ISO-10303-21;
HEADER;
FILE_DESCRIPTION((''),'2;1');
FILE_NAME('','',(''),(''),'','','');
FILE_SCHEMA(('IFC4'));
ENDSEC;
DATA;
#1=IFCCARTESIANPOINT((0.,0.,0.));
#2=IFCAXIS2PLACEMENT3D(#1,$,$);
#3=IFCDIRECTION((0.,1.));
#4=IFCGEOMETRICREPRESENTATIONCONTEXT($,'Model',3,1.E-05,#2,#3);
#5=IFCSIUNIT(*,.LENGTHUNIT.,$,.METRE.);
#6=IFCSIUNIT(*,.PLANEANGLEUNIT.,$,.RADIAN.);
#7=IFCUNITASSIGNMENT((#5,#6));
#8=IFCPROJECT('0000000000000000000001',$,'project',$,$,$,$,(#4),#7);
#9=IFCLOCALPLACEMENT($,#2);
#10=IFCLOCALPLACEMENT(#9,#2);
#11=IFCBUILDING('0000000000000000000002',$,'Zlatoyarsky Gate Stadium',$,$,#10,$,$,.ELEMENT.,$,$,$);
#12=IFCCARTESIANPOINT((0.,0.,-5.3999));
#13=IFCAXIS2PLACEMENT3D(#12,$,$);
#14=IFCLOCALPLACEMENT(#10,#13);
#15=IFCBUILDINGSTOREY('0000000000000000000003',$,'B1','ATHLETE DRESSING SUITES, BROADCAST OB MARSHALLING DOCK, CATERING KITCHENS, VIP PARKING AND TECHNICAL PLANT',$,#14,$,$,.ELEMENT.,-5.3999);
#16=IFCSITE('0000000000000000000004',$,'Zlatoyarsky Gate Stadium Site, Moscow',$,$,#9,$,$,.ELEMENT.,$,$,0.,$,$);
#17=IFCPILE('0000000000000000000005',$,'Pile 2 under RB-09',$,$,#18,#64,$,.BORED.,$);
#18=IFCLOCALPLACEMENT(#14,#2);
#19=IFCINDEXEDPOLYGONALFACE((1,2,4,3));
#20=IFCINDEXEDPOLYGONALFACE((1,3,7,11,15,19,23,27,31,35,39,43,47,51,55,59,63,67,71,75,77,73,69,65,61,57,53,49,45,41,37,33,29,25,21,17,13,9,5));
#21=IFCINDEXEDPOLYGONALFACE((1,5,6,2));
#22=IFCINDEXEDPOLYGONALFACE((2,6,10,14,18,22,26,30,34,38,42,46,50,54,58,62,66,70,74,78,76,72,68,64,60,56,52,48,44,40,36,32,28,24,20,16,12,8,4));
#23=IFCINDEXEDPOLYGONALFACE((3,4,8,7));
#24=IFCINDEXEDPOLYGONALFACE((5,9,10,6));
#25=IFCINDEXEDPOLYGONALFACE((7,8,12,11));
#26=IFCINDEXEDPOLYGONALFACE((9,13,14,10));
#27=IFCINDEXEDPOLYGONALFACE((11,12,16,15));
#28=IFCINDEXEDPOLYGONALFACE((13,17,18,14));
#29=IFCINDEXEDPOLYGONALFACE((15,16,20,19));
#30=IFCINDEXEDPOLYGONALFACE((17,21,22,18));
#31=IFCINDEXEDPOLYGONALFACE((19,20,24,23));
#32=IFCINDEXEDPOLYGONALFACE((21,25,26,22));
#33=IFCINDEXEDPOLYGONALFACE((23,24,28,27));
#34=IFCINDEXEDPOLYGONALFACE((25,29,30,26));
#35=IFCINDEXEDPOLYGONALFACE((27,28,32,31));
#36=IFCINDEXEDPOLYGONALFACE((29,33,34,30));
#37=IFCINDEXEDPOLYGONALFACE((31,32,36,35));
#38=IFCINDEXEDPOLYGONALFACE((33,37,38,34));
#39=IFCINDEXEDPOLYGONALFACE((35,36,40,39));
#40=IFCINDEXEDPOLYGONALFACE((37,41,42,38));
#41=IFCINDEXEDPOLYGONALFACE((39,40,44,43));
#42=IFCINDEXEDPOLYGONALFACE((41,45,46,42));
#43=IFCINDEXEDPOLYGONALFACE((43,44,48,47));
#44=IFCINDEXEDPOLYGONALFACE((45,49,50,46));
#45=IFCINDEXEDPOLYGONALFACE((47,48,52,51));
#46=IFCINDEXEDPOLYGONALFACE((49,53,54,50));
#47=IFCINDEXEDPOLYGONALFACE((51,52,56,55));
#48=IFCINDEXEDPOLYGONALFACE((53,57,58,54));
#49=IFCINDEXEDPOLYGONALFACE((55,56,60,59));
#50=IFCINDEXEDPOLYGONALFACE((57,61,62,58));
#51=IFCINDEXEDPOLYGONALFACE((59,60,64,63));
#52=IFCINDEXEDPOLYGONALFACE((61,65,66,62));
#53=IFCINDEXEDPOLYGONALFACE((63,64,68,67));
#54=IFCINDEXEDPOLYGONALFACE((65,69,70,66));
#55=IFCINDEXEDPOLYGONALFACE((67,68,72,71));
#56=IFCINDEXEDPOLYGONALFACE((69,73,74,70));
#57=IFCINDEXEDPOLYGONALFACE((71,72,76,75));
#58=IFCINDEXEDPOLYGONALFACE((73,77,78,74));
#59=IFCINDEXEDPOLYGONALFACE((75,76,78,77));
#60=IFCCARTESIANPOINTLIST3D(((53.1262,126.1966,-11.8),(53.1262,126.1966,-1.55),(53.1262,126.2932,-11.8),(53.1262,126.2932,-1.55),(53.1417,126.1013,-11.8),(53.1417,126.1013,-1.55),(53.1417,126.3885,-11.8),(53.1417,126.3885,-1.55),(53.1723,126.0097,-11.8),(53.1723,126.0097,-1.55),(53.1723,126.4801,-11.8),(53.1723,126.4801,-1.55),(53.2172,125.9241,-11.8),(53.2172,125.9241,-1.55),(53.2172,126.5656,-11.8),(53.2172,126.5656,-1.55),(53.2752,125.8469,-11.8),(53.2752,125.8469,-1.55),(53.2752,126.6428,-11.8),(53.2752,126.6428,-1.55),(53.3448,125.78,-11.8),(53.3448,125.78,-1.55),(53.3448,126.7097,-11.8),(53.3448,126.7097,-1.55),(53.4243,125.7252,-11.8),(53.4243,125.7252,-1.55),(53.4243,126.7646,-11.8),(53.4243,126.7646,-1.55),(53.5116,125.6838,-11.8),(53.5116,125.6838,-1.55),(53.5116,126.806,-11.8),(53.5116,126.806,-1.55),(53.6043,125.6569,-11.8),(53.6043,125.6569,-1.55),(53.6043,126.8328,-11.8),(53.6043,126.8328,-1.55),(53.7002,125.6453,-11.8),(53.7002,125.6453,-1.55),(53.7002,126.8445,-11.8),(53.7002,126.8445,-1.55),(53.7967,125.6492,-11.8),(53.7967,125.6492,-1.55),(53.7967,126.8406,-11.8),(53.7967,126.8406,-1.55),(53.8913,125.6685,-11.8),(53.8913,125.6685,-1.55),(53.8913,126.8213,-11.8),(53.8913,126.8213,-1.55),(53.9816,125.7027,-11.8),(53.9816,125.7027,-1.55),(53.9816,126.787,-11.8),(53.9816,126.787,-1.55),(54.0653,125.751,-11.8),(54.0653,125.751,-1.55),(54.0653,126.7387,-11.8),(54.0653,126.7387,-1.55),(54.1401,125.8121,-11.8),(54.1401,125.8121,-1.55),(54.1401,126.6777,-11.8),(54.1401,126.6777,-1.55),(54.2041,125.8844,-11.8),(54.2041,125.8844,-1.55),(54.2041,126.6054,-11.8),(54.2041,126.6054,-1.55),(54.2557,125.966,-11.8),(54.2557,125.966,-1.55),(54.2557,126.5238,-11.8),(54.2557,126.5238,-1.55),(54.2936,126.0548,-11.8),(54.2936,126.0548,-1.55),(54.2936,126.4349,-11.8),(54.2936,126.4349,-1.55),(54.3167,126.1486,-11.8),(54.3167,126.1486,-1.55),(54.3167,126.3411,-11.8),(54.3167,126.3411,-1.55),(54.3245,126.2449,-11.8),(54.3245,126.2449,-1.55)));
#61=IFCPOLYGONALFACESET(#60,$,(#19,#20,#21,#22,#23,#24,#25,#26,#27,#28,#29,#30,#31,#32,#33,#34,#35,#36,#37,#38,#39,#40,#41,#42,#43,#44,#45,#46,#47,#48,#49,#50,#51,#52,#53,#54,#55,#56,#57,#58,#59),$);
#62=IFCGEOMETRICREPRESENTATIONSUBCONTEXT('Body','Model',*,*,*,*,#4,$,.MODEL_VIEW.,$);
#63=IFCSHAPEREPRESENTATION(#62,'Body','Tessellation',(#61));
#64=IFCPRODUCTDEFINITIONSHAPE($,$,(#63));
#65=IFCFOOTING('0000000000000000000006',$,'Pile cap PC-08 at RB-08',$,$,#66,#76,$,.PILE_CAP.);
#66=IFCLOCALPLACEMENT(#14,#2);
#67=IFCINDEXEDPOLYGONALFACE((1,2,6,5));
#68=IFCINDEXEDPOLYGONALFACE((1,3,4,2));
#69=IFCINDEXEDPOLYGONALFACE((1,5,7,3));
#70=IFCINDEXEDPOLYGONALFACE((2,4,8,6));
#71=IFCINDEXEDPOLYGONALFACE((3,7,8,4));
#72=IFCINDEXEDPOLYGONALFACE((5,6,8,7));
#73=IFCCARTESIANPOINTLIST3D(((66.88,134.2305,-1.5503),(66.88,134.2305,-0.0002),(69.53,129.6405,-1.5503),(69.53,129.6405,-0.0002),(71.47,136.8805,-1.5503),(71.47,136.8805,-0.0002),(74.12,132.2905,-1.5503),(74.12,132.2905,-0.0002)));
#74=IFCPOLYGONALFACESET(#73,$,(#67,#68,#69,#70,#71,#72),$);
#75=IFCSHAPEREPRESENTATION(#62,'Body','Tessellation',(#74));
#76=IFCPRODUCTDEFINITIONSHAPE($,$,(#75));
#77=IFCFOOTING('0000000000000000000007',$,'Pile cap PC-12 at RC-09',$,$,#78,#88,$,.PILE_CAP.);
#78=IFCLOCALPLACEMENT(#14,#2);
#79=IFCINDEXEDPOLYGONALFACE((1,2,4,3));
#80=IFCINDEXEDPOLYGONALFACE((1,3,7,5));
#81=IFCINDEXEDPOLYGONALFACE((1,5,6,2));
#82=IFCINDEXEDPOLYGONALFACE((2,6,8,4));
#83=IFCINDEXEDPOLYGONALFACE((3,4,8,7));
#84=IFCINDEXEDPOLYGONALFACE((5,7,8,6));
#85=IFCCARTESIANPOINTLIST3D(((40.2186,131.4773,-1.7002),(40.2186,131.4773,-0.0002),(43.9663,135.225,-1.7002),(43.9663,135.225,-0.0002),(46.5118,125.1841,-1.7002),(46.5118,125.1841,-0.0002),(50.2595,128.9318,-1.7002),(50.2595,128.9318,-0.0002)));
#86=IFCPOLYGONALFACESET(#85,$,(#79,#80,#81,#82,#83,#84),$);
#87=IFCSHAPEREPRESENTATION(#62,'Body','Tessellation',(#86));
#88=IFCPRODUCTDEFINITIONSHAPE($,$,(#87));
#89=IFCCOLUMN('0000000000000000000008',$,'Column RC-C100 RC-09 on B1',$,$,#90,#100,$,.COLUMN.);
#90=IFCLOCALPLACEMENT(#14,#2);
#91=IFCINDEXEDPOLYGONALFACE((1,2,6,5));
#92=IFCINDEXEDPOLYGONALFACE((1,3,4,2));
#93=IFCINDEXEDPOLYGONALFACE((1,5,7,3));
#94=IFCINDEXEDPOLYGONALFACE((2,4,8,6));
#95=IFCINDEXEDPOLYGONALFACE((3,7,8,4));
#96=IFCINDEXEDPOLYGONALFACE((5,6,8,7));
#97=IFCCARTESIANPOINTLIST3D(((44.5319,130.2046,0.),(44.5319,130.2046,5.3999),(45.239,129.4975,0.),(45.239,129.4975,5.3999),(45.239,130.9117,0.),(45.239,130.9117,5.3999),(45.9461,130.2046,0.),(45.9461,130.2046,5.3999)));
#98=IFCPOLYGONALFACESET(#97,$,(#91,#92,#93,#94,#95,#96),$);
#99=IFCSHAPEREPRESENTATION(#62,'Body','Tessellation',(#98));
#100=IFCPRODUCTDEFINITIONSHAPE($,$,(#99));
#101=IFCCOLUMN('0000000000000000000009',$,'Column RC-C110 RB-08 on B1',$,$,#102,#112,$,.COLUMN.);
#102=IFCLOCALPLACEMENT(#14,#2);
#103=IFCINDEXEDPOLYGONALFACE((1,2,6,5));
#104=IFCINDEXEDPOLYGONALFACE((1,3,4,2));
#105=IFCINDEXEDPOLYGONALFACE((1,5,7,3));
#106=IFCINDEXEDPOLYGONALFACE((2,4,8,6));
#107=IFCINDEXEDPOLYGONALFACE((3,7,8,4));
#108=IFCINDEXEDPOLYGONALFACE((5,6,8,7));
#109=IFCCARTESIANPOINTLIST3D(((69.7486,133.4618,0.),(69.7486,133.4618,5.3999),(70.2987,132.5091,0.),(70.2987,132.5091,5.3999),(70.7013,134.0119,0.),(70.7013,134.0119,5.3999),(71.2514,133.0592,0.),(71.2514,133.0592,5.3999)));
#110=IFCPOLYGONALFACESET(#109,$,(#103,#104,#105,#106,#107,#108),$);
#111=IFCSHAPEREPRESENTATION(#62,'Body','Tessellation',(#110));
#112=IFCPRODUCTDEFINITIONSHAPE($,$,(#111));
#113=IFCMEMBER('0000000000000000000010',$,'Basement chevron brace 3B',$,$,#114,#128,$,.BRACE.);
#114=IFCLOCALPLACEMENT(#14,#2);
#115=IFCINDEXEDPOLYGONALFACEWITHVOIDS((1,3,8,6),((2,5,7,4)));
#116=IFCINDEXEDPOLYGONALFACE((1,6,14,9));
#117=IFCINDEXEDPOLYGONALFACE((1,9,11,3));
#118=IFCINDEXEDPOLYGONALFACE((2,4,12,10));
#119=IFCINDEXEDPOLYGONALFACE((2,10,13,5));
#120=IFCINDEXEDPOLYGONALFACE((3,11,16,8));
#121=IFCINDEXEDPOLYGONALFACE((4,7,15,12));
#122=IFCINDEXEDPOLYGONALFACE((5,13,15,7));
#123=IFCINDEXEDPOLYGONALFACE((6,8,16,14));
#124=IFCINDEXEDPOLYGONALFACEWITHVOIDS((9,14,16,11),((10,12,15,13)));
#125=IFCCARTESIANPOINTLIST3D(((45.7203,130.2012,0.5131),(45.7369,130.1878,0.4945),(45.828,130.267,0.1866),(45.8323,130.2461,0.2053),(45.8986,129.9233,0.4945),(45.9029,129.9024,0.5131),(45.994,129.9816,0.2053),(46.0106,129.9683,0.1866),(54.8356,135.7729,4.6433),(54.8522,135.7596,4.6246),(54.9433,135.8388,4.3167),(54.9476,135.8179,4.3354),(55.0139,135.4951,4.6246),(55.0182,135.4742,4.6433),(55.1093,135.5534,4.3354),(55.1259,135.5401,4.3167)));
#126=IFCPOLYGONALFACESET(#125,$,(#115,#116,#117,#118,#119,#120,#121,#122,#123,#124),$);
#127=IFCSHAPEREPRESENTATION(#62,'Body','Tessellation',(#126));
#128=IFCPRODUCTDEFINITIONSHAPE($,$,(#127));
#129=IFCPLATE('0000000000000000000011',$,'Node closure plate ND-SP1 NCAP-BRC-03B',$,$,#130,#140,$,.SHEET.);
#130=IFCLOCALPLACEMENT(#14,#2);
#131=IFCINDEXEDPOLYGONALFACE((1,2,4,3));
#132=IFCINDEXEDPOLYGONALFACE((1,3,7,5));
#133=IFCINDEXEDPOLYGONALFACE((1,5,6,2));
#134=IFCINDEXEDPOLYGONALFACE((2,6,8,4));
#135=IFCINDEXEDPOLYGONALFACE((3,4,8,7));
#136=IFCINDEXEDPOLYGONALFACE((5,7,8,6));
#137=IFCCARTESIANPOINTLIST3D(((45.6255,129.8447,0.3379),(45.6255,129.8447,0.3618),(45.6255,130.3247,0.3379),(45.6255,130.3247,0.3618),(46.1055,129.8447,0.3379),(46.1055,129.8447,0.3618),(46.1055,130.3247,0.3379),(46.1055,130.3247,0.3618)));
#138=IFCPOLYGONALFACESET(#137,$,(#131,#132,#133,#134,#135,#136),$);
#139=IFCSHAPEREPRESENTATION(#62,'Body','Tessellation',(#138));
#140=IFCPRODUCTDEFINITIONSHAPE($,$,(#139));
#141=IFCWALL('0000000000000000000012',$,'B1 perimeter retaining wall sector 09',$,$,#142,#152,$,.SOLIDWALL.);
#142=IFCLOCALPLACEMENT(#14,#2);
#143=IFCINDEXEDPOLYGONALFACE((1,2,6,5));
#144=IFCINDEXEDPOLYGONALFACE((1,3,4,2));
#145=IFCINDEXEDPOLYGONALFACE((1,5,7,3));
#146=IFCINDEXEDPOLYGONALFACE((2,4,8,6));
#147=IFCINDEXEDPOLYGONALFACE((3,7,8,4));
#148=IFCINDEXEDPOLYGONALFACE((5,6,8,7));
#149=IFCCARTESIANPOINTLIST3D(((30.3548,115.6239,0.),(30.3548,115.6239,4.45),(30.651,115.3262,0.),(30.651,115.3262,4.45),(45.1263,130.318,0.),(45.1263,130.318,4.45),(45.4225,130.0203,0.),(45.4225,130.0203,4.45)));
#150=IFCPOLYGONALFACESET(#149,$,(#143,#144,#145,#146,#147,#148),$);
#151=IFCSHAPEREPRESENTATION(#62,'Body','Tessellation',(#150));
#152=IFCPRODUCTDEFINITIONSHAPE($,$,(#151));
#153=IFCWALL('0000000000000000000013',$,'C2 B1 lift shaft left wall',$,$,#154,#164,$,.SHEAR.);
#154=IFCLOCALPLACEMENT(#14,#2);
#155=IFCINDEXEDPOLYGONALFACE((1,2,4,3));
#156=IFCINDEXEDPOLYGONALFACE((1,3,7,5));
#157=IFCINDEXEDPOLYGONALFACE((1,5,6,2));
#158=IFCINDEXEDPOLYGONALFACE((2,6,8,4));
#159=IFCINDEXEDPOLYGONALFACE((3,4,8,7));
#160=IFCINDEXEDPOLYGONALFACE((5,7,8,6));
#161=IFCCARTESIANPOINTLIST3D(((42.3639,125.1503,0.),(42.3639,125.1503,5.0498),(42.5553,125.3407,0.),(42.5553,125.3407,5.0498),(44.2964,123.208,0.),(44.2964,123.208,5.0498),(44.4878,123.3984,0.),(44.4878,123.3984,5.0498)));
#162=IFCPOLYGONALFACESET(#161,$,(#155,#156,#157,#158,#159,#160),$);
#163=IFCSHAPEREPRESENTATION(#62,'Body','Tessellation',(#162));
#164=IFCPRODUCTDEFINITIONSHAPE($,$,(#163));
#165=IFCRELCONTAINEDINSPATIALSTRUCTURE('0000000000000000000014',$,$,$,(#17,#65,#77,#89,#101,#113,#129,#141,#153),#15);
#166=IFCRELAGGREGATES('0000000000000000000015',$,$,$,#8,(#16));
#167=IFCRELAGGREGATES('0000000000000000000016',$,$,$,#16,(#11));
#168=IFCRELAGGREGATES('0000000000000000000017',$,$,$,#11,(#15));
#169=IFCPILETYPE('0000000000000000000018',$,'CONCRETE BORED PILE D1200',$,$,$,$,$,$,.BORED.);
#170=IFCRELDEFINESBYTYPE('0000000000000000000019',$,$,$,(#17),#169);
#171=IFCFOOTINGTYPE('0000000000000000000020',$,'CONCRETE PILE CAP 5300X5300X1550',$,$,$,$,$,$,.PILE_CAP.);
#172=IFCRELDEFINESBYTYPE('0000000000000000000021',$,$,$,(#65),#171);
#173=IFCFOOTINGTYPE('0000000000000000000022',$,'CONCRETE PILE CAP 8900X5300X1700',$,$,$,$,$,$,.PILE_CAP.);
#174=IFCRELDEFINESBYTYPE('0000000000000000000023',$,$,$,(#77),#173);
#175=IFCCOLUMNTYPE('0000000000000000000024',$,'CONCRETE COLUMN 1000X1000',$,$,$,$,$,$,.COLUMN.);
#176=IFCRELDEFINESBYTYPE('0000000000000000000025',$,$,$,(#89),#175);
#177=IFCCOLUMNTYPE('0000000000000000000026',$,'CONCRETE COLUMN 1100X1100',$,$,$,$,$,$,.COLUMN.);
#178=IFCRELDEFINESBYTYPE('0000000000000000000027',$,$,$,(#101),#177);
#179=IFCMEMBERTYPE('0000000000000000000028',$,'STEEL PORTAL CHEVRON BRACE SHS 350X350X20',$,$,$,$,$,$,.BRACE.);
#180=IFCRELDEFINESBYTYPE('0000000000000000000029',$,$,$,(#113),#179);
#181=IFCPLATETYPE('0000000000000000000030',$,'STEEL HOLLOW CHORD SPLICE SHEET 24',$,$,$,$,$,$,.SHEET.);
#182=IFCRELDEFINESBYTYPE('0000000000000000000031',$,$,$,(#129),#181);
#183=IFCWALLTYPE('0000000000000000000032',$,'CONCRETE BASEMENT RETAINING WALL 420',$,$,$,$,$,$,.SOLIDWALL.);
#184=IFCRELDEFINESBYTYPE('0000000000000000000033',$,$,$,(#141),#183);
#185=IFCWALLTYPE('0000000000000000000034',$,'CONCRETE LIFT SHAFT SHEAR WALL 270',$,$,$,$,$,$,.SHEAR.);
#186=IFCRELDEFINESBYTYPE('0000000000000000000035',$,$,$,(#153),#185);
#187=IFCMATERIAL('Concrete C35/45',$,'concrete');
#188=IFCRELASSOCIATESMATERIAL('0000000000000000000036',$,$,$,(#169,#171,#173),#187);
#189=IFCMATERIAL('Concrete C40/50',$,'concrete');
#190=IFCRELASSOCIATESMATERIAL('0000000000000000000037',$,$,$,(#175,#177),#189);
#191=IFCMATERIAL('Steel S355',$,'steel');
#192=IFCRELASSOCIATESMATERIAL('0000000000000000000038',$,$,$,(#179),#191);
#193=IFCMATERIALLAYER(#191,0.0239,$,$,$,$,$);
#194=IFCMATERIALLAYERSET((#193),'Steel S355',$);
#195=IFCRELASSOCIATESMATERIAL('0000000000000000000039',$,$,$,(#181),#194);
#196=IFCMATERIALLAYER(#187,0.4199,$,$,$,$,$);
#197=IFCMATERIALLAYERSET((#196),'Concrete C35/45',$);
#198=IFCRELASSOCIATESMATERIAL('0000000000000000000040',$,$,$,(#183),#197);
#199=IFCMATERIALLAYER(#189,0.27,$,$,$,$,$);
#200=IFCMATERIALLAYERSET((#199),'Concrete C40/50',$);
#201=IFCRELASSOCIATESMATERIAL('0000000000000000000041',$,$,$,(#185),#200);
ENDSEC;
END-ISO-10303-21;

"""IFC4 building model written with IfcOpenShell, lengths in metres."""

from ifc_helpers import new_model, si_unit, direction, frame, frame_2d, origin, origin_2d, place, context, subcontext, project, spatial, rectangle, hollow_rectangle, circle, extrude, material, layer, layer_set, material_profile, profile_set, type_object, element, save


model = new_model("IFC4")

# Units and contexts
model_context = context("Model", 3, precision=1e-05, world=origin(), true_north=direction((0.0, 1.0)))
body_context = subcontext(model_context, "Body", "Model", "MODEL_VIEW")
ifc_project = project(units=[si_unit("LENGTHUNIT", "METRE"), si_unit("PLANEANGLEUNIT", "RADIAN")], contexts=[model_context])

# Site, building, storey
site_placement = place(None, origin())
site = spatial("IfcSite", under=ifc_project, at=site_placement, Name="Zlatoyarsky Gate Stadium Site, Moscow", CompositionType="ELEMENT", RefElevation=0.0)
building_placement = place(site_placement, origin())
building = spatial("IfcBuilding", under=site, at=building_placement, Name="Zlatoyarsky Gate Stadium", CompositionType="ELEMENT")
storey_placement = place(building_placement, frame((0.0, 0.0, -5.3999)))
storey = spatial("IfcBuildingStorey", under=building, at=storey_placement, Name="B1", Description="ATHLETE DRESSING SUITES, BROADCAST OB MARSHALLING DOCK, CATERING KITCHENS, VIP PARKING AND TECHNICAL PLANT", CompositionType="ELEMENT", Elevation=-5.3999)

# Pile
ifc_material_1 = material(Name="Concrete C35/45", Category="concrete")
ifc_material_profile_1 = material_profile(ifc_material_1, circle(Radius=0.6001, at=origin_2d()), Name="BORED PILE D1200")
ifc_profile_set_1 = profile_set([ifc_material_profile_1], Name="Concrete C35/45")
pile_type_1 = type_object("IfcPileType", Name="CONCRETE BORED PILE D1200", PredefinedType="BORED", material=ifc_profile_set_1)
pile_placement = place(storey_placement, frame((53.7244, 126.2449, -1.55), z_axis=(0.0, 0.0, -1.0), x_axis=(1.0, 0.0, 0.0)))
element("IfcPile", 1, at=pile_placement, inside=storey, type_object=pile_type_1, Name="Pile 2 under RB-09", PredefinedType="BORED", context=body_context, shape_type="SweptSolid", body=[
    extrude(circle(Radius=0.6001, at=origin_2d()), origin(), (0.0, 0.0, 1.0), 10.25),
])

# Footings
footing_type_1 = type_object("IfcFootingType", Name="CONCRETE PILE CAP 5300X5300X1550", PredefinedType="PILE_CAP", material=ifc_material_1)
footing_1_placement = place(storey_placement, frame((70.5, 133.2605, -1.5503), z_axis=(0.0, 0.0, 1.0), x_axis=(-0.5, 0.866025, 0.0)))
element("IfcFooting", 2, at=footing_1_placement, inside=storey, type_object=footing_type_1, Name="Pile cap PC-08 at RB-08", PredefinedType="PILE_CAP", context=body_context, shape_type="SweptSolid", body=[
    extrude(rectangle(XDim=5.3, YDim=5.3, at=origin_2d()), origin(), (0.0, 0.0, 1.0), 1.55),
])
footing_type_2 = type_object("IfcFootingType", Name="CONCRETE PILE CAP 8900X5300X1700", PredefinedType="PILE_CAP", material=ifc_material_1)
footing_2_placement = place(storey_placement, frame((45.239, 130.2046, -1.7002), z_axis=(0.0, 0.0, 1.0), x_axis=(-0.707107, 0.707107, 0.0)))
element("IfcFooting", 3, at=footing_2_placement, inside=storey, type_object=footing_type_2, Name="Pile cap PC-12 at RC-09", PredefinedType="PILE_CAP", context=body_context, shape_type="SweptSolid", body=[
    extrude(rectangle(XDim=8.8999, YDim=5.3, at=origin_2d()), origin(), (0.0, 0.0, 1.0), 1.7),
])

# Columns
ifc_material_2 = material(Name="Concrete C40/50", Category="concrete")
ifc_material_profile_2 = material_profile(ifc_material_2, rectangle(XDim=1.0, YDim=1.0, at=origin_2d()), Name="RC COL 1000X1000")
ifc_profile_set_2 = profile_set([ifc_material_profile_2], Name="Concrete C40/50")
column_type_1 = type_object("IfcColumnType", Name="CONCRETE COLUMN 1000X1000", PredefinedType="COLUMN", material=ifc_profile_set_2)
column_1_placement = place(storey_placement, frame((45.239, 130.2046, 0.0), z_axis=(0.0, 0.0, 1.0), x_axis=(-0.707107, 0.707107, 0.0)))
element("IfcColumn", 4, at=column_1_placement, inside=storey, type_object=column_type_1, Name="Column RC-C100 RC-09 on B1", PredefinedType="COLUMN", context=body_context, shape_type="SweptSolid", body=[
    extrude(rectangle(XDim=1.0, YDim=1.0, at=origin_2d()), origin(), (0.0, 0.0, 1.0), 5.3999),
])
ifc_material_profile_3 = material_profile(ifc_material_2, rectangle(XDim=1.1001, YDim=1.1001, at=origin_2d()), Name="RC COL 1100X1100")
ifc_profile_set_3 = profile_set([ifc_material_profile_3], Name="Concrete C40/50")
column_type_2 = type_object("IfcColumnType", Name="CONCRETE COLUMN 1100X1100", PredefinedType="COLUMN", material=ifc_profile_set_3)
column_2_placement = place(storey_placement, frame((70.5, 133.2605, 0.0), z_axis=(0.0, 0.0, 1.0), x_axis=(-0.5, 0.866025, 0.0)))
element("IfcColumn", 5, at=column_2_placement, inside=storey, type_object=column_type_2, Name="Column RC-C110 RB-08 on B1", PredefinedType="COLUMN", context=body_context, shape_type="SweptSolid", body=[
    extrude(rectangle(XDim=1.1001, YDim=1.1001, at=origin_2d()), origin(), (0.0, 0.0, 1.0), 5.3999),
])

# Member
ifc_material_3 = material(Name="Steel S355", Category="steel")
ifc_material_profile_4 = material_profile(ifc_material_3, hollow_rectangle(XDim=0.3501, YDim=0.3501, WallThickness=0.02, at=origin_2d()), Name="SHS 350X350X20")
ifc_profile_set_4 = profile_set([ifc_material_profile_4], Name="Steel S355")
member_type = type_object("IfcMemberType", Name="STEEL PORTAL CHEVRON BRACE SHS 350X350X20", PredefinedType="BRACE", material=ifc_profile_set_4)
member_placement = place(storey_placement, frame((45.8655, 130.0847, 0.3499), z_axis=(0.795824, 0.486456, 0.360589), x_axis=(-0.521542, 0.853225, 0.0)))
element("IfcMember", 6, at=member_placement, inside=storey, type_object=member_type, Name="Basement chevron brace 3B", PredefinedType="BRACE", context=body_context, shape_type="SweptSolid", body=[
    extrude(hollow_rectangle(XDim=0.3501, YDim=0.3501, WallThickness=0.02, at=origin_2d()), origin(), (0.0, 0.0, 1.0), 11.4539),
])

# Plate
ifc_layer_1 = layer(ifc_material_3, 0.0239)
ifc_layer_set_1 = layer_set([ifc_layer_1], Name="Steel S355")
plate_type = type_object("IfcPlateType", Name="STEEL HOLLOW CHORD SPLICE SHEET 24", PredefinedType="SHEET", material=ifc_layer_set_1)
plate_placement = place(storey_placement, frame((45.8655, 130.0847, 0.3379), z_axis=(0.0, 0.0, 1.0), x_axis=(1.0, 0.0, 0.0)))
element("IfcPlate", 7, at=plate_placement, inside=storey, type_object=plate_type, Name="Node closure plate ND-SP1 NCAP-BRC-03B", PredefinedType="SHEET", context=body_context, shape_type="SweptSolid", body=[
    extrude(rectangle(XDim=0.48, YDim=0.48, at=origin_2d()), origin(), (0.0, 0.0, 1.0), 0.0239),
])

# Walls
ifc_layer_2 = layer(ifc_material_1, 0.4199)
ifc_layer_set_2 = layer_set([ifc_layer_2], Name="Concrete C35/45")
wall_type_1 = type_object("IfcWallType", Name="CONCRETE BASEMENT RETAINING WALL 420", PredefinedType="SOLIDWALL", material=ifc_layer_set_2)
wall_1_placement = place(storey_placement, frame((45.2744, 130.1692, 0.0), z_axis=(0.0, 0.0, 1.0), x_axis=(-0.708962, -0.705247, 0.0)))
element("IfcWall", 8, at=wall_1_placement, inside=storey, type_object=wall_type_1, Name="B1 perimeter retaining wall sector 09", PredefinedType="SOLIDWALL", context=body_context, shape_type="SweptSolid", body=[
    extrude(rectangle(XDim=20.8354, YDim=0.4199, at=frame_2d((10.4177, 0.0))), origin(), (0.0, 0.0, 1.0), 4.45),
])
ifc_layer_3 = layer(ifc_material_2, 0.27)
ifc_layer_set_3 = layer_set([ifc_layer_3], Name="Concrete C40/50")
wall_type_2 = type_object("IfcWallType", Name="CONCRETE LIFT SHAFT SHEAR WALL 270", PredefinedType="SHEAR", material=ifc_layer_set_3)
wall_2_placement = place(storey_placement, frame((42.4595, 125.2456, 0.0), z_axis=(0.0, 0.0, 1.0), x_axis=(0.705323, -0.708887, 0.0)))
element("IfcWall", 9, at=wall_2_placement, inside=storey, type_object=wall_type_2, Name="C2 B1 lift shaft left wall", PredefinedType="SHEAR", context=body_context, shape_type="SweptSolid", body=[
    extrude(rectangle(XDim=2.74, YDim=0.27, at=frame_2d((1.3701, 0.0))), origin(), (0.0, 0.0, 1.0), 5.0498),
])

save(model, "model.ifc")
